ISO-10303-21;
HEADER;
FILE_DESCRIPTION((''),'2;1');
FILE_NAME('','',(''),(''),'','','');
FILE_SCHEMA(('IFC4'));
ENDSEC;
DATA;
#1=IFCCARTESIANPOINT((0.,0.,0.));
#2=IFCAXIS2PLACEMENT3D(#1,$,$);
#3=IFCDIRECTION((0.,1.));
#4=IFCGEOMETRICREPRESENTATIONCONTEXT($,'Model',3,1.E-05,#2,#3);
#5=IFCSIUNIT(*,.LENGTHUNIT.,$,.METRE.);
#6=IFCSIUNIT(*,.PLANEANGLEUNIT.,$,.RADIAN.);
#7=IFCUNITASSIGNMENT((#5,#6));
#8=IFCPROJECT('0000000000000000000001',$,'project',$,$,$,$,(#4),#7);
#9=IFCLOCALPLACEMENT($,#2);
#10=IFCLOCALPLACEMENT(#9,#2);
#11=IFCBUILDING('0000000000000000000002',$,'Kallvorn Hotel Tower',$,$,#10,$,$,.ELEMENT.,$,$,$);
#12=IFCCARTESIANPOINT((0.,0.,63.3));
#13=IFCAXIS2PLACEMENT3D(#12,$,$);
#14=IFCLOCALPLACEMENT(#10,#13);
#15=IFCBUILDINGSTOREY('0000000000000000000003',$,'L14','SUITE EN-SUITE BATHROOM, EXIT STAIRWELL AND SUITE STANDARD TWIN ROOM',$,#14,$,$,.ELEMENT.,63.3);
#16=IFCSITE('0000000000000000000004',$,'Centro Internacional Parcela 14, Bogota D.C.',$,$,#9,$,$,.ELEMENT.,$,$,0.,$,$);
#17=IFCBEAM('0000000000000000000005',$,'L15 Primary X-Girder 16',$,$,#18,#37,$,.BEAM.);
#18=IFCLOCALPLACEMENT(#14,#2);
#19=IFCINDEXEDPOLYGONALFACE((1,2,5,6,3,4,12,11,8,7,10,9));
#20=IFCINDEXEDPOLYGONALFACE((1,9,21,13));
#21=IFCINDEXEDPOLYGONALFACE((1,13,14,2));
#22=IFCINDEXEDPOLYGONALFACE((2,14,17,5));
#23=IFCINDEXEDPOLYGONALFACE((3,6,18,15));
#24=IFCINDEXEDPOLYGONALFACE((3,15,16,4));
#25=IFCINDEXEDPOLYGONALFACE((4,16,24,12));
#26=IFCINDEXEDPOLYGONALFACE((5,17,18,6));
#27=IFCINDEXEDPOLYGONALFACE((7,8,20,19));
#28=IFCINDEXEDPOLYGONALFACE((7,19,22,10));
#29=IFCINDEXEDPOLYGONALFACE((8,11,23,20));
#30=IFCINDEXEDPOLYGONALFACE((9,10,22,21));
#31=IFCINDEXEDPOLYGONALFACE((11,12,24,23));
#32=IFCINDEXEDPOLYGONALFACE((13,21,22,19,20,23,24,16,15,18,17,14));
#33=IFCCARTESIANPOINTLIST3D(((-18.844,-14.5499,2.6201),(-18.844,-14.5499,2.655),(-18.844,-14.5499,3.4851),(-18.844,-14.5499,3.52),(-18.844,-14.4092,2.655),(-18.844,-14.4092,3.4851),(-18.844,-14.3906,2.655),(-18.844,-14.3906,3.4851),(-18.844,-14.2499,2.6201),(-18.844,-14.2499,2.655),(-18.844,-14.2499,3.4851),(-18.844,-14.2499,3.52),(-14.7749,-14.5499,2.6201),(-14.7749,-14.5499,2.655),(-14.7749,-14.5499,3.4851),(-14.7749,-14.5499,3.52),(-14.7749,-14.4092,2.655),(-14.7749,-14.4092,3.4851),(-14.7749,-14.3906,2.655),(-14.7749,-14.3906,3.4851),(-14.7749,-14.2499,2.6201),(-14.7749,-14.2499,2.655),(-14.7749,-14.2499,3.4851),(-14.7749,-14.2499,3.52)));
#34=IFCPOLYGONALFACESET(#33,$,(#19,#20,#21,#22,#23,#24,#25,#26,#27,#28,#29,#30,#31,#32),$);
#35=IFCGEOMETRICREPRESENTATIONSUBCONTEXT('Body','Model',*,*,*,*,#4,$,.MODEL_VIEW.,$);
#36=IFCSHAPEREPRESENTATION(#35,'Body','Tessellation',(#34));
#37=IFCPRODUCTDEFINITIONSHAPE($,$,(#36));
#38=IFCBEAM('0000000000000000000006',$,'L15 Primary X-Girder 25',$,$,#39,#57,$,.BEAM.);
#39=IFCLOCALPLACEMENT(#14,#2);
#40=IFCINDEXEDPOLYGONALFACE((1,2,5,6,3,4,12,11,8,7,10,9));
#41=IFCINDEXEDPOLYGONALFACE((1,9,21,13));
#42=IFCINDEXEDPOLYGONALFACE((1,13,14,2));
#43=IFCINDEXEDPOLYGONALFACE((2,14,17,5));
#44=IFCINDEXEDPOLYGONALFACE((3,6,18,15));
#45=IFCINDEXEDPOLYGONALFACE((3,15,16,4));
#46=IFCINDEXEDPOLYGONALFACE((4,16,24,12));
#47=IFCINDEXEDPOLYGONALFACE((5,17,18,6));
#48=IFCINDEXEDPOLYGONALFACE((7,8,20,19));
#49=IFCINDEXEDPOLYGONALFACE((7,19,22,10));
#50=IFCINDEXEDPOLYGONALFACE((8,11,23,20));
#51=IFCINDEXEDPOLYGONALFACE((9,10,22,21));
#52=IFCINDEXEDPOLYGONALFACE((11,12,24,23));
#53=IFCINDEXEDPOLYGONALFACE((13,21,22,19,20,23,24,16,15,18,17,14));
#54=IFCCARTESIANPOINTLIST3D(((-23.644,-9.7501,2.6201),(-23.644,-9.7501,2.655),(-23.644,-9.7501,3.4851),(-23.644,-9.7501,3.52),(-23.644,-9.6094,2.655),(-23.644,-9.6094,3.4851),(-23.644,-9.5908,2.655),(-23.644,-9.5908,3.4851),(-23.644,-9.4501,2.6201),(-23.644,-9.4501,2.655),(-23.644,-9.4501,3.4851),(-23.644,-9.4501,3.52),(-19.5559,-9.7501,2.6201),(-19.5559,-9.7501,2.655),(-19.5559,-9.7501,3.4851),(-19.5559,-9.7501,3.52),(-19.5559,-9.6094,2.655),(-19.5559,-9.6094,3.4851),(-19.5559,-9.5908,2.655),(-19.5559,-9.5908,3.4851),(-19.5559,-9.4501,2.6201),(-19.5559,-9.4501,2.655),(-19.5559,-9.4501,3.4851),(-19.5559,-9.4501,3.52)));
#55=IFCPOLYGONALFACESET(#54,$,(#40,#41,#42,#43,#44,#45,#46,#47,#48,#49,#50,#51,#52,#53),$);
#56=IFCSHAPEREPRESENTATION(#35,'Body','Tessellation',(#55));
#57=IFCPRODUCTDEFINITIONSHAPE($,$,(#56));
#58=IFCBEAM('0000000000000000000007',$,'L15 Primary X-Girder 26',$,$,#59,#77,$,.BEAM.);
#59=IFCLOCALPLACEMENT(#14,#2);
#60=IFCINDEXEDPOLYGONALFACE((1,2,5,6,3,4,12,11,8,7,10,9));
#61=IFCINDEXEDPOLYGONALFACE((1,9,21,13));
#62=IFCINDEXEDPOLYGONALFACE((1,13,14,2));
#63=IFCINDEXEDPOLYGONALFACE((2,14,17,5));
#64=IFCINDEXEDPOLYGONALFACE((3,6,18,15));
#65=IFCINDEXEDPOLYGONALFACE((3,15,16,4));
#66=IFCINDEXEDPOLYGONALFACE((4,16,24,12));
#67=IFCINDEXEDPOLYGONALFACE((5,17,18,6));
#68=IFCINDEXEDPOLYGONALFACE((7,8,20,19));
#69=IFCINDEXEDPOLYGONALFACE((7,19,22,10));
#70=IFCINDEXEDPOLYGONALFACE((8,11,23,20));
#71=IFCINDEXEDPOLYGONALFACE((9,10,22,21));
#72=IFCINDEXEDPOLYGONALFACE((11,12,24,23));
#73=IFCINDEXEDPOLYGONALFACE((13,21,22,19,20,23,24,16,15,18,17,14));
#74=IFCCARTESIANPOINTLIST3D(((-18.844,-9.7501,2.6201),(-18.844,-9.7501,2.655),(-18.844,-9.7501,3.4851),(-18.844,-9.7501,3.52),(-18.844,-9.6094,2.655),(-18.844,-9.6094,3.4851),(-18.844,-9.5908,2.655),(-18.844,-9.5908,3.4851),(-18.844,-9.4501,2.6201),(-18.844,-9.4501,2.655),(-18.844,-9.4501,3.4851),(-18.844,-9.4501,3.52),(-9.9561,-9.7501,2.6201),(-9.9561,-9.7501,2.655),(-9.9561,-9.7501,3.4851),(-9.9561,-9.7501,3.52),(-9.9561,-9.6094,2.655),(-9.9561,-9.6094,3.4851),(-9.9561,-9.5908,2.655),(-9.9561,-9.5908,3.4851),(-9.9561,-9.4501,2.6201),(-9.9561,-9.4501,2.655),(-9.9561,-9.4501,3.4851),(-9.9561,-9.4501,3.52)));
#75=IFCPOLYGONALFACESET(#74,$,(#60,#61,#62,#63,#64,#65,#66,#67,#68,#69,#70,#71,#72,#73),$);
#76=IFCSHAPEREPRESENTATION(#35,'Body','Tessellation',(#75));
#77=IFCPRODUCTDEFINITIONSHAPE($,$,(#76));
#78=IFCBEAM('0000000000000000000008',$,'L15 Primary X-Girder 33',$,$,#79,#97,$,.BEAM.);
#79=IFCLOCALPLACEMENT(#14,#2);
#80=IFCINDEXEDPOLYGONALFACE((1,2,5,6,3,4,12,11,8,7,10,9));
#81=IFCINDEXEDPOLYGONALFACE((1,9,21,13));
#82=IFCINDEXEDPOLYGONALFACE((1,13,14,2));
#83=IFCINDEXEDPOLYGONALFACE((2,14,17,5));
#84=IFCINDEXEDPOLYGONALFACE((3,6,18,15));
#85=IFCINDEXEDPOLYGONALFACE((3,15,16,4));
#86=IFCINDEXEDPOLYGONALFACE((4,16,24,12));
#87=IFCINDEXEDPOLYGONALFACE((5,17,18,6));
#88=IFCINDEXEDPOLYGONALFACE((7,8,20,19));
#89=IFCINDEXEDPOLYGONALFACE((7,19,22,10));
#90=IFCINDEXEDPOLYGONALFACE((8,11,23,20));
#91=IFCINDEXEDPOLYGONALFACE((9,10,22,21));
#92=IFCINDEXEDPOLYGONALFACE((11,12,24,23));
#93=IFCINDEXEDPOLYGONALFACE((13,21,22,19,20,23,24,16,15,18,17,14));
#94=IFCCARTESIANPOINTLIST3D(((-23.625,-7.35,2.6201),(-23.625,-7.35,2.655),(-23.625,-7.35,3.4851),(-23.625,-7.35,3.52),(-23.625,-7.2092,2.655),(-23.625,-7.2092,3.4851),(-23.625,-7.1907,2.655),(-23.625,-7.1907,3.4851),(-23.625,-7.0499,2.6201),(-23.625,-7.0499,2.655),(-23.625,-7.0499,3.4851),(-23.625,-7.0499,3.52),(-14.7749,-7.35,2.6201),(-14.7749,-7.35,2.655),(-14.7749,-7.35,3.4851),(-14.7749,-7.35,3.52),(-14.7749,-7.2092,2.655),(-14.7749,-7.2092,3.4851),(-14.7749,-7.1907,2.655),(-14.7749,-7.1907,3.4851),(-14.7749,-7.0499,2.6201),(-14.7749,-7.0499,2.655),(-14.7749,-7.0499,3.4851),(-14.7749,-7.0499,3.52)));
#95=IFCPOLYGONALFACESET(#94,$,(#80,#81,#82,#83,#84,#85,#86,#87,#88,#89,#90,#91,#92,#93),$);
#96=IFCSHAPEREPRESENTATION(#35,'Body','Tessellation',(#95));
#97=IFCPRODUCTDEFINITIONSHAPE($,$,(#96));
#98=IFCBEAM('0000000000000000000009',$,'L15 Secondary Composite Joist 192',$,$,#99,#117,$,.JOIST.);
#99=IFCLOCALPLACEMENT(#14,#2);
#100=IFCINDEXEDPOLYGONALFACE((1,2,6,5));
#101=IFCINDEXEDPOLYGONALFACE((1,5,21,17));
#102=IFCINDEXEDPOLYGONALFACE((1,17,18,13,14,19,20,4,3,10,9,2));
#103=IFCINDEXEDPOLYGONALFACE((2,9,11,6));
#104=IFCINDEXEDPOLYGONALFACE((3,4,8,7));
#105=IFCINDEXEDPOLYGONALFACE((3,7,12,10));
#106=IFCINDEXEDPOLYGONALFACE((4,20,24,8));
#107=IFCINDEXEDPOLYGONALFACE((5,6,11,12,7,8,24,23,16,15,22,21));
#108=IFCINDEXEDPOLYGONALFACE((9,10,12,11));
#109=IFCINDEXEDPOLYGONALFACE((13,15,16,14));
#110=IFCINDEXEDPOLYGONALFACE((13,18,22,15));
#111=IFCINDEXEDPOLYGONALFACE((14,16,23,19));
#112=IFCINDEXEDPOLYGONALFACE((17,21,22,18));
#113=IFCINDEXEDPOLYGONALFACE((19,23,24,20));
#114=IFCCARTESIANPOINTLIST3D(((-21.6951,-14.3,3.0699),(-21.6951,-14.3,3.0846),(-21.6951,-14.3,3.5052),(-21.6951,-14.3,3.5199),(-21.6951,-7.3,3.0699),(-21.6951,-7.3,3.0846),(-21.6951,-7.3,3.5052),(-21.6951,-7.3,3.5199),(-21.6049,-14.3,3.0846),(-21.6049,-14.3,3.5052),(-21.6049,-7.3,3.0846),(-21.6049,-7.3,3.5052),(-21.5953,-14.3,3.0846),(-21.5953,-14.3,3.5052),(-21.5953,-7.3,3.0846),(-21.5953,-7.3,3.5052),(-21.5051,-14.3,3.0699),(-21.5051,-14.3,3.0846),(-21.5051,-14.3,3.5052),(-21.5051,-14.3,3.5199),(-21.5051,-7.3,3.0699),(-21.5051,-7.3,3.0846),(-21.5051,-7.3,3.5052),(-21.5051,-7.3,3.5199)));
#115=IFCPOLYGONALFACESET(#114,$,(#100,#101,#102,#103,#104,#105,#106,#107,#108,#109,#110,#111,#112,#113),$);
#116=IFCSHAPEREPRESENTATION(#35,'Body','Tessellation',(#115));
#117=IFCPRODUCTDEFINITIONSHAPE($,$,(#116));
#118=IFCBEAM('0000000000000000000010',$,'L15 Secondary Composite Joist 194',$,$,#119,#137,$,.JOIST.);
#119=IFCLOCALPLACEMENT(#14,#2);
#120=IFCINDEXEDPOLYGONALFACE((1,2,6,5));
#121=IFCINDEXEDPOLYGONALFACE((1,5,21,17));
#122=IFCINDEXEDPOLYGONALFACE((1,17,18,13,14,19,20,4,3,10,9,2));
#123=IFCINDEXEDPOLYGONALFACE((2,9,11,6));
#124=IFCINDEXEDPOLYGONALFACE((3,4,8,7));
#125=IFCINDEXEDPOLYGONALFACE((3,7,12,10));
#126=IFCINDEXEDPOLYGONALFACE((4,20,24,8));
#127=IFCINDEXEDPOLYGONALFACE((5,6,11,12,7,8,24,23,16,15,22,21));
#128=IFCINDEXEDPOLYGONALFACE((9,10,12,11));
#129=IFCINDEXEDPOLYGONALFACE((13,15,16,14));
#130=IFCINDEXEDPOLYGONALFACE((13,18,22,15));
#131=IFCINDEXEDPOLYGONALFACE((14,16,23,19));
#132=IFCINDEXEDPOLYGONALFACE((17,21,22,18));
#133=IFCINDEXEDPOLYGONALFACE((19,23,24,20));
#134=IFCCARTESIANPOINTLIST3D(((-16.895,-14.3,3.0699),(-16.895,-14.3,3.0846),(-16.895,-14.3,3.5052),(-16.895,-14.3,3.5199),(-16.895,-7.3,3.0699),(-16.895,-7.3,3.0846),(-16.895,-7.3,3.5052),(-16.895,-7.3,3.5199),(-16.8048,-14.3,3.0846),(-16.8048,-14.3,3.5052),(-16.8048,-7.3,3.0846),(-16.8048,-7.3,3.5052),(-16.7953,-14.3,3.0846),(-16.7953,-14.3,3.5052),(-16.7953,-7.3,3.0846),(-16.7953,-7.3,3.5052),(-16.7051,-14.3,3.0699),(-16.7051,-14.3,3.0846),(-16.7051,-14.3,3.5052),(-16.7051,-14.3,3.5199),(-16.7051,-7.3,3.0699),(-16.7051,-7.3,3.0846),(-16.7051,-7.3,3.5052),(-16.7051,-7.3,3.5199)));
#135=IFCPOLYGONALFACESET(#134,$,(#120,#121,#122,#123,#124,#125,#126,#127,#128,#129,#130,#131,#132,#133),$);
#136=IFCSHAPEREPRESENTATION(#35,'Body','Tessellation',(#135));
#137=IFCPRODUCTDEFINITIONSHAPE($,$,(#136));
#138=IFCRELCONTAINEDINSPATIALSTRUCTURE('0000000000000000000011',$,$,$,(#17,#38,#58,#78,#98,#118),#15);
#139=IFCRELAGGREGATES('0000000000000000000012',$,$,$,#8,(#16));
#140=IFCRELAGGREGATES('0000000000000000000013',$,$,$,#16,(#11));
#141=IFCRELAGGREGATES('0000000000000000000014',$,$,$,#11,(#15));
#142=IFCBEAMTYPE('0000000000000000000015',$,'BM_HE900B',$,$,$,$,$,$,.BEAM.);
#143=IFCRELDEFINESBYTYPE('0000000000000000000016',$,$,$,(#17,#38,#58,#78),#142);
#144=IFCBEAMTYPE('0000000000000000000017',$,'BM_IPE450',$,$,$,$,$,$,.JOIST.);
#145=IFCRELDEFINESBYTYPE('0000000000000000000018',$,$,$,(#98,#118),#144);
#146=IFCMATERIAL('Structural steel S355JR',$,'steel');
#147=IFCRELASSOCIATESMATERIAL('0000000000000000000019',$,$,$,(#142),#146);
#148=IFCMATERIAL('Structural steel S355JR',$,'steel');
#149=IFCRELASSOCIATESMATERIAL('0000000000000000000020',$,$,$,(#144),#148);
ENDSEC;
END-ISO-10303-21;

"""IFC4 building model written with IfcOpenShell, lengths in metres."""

from ifc_helpers import new_model, si_unit, direction, frame, origin, origin_2d, place, context, subcontext, project, spatial, i_section, extrude, material, material_profile, profile_set, type_object, element, save


model = new_model("IFC4")

# Units and contexts
model_context = context("Model", 3, precision=1e-05, world=origin(), true_north=direction((0.0, 1.0)))
body_context = subcontext(model_context, "Body", "Model", "MODEL_VIEW")
ifc_project = project(units=[si_unit("LENGTHUNIT", "METRE"), si_unit("PLANEANGLEUNIT", "RADIAN")], contexts=[model_context])

# Site, building, storey
site_placement = place(None, origin())
site = spatial("IfcSite", under=ifc_project, at=site_placement, Name="Centro Internacional Parcela 14, Bogota D.C.", CompositionType="ELEMENT", RefElevation=0.0)
building_placement = place(site_placement, origin())
building = spatial("IfcBuilding", under=site, at=building_placement, Name="Kallvorn Hotel Tower", CompositionType="ELEMENT")
storey_placement = place(building_placement, frame((0.0, 0.0, 63.3)))
storey = spatial("IfcBuildingStorey", under=building, at=storey_placement, Name="L14", Description="SUITE EN-SUITE BATHROOM, EXIT STAIRWELL AND SUITE STANDARD TWIN ROOM", CompositionType="ELEMENT", Elevation=63.3)

# Beams
ifc_material_1 = material(Name="Structural steel S355JR", Category="steel")
ifc_material_profile_1 = material_profile(ifc_material_1, i_section(OverallWidth=0.3, OverallDepth=0.8999, WebThickness=0.0186, FlangeThickness=0.0349, at=origin_2d()), Name="HE 900 B")
ifc_profile_set_1 = profile_set([ifc_material_profile_1], Name="Structural steel S355JR")
beam_type_1 = type_object("IfcBeamType", Name="BM_HE900B", PredefinedType="BEAM", material=ifc_profile_set_1)
for number, where, z_axis, x_axis, name in (
    (1, (-18.844, -14.3999, 3.0701), (1.0, 0.0, 0.0), (0.0, 1.0, 0.0), "L15 Primary X-Girder 16"),
):
    element("IfcBeam", number, at=place(storey_placement, frame(where, z_axis=z_axis, x_axis=x_axis)), inside=storey, type_object=beam_type_1, Name=name, PredefinedType="BEAM", context=body_context, shape_type="SweptSolid", body=[
        extrude(i_section(OverallWidth=0.3, OverallDepth=0.8999, WebThickness=0.0186, FlangeThickness=0.0349, at=origin_2d()), origin(), (0.0, 0.0, 1.0), 4.0691),
    ])
beam_1_placement = place(storey_placement, frame((-23.644, -9.6001, 3.0701), z_axis=(1.0, 0.0, 0.0), x_axis=(0.0, 1.0, 0.0)))
element("IfcBeam", 2, at=beam_1_placement, inside=storey, type_object=beam_type_1, Name="L15 Primary X-Girder 25", PredefinedType="BEAM", context=body_context, shape_type="SweptSolid", body=[
    extrude(i_section(OverallWidth=0.3, OverallDepth=0.8999, WebThickness=0.0186, FlangeThickness=0.0349, at=origin_2d()), origin(), (0.0, 0.0, 1.0), 4.0881),
])
beam_2_placement = place(storey_placement, frame((-18.844, -9.6001, 3.0701), z_axis=(1.0, 0.0, 0.0), x_axis=(0.0, 1.0, 0.0)))
element("IfcBeam", 3, at=beam_2_placement, inside=storey, type_object=beam_type_1, Name="L15 Primary X-Girder 26", PredefinedType="BEAM", context=body_context, shape_type="SweptSolid", body=[
    extrude(i_section(OverallWidth=0.3, OverallDepth=0.8999, WebThickness=0.0186, FlangeThickness=0.0349, at=origin_2d()), origin(), (0.0, 0.0, 1.0), 8.8879),
])
beam_3_placement = place(storey_placement, frame((-23.625, -7.2, 3.0701), z_axis=(1.0, 0.0, 0.0), x_axis=(0.0, 1.0, 0.0)))
element("IfcBeam", 4, at=beam_3_placement, inside=storey, type_object=beam_type_1, Name="L15 Primary X-Girder 33", PredefinedType="BEAM", context=body_context, shape_type="SweptSolid", body=[
    extrude(i_section(OverallWidth=0.3, OverallDepth=0.8999, WebThickness=0.0186, FlangeThickness=0.0349, at=origin_2d()), origin(), (0.0, 0.0, 1.0), 8.8501),
])
ifc_material_2 = material(Name="Structural steel S355JR", Category="steel")
ifc_material_profile_2 = material_profile(ifc_material_2, i_section(OverallWidth=0.1899, OverallDepth=0.45, WebThickness=0.0095, FlangeThickness=0.0146, at=origin_2d()), Name="IPE 450")
ifc_profile_set_2 = profile_set([ifc_material_profile_2], Name="Structural steel S355JR")
beam_type_2 = type_object("IfcBeamType", Name="BM_IPE450", PredefinedType="JOIST", material=ifc_profile_set_2)
for number, where, z_axis, x_axis, name in (
    (5, (-21.6001, -14.3, 3.2949), (0.0, 1.0, 0.0), (-1.0, 0.0, 0.0), "L15 Secondary Composite Joist 192"),
    (6, (-16.8, -14.3, 3.2949), (0.0, 1.0, 0.0), (-1.0, 0.0, 0.0), "L15 Secondary Composite Joist 194"),
):
    element("IfcBeam", number, at=place(storey_placement, frame(where, z_axis=z_axis, x_axis=x_axis)), inside=storey, type_object=beam_type_2, Name=name, PredefinedType="JOIST", context=body_context, shape_type="SweptSolid", body=[
        extrude(i_section(OverallWidth=0.1899, OverallDepth=0.45, WebThickness=0.0095, FlangeThickness=0.0146, at=origin_2d()), origin(), (0.0, 0.0, 1.0), 7.0),
    ])

save(model, "model.ifc")
